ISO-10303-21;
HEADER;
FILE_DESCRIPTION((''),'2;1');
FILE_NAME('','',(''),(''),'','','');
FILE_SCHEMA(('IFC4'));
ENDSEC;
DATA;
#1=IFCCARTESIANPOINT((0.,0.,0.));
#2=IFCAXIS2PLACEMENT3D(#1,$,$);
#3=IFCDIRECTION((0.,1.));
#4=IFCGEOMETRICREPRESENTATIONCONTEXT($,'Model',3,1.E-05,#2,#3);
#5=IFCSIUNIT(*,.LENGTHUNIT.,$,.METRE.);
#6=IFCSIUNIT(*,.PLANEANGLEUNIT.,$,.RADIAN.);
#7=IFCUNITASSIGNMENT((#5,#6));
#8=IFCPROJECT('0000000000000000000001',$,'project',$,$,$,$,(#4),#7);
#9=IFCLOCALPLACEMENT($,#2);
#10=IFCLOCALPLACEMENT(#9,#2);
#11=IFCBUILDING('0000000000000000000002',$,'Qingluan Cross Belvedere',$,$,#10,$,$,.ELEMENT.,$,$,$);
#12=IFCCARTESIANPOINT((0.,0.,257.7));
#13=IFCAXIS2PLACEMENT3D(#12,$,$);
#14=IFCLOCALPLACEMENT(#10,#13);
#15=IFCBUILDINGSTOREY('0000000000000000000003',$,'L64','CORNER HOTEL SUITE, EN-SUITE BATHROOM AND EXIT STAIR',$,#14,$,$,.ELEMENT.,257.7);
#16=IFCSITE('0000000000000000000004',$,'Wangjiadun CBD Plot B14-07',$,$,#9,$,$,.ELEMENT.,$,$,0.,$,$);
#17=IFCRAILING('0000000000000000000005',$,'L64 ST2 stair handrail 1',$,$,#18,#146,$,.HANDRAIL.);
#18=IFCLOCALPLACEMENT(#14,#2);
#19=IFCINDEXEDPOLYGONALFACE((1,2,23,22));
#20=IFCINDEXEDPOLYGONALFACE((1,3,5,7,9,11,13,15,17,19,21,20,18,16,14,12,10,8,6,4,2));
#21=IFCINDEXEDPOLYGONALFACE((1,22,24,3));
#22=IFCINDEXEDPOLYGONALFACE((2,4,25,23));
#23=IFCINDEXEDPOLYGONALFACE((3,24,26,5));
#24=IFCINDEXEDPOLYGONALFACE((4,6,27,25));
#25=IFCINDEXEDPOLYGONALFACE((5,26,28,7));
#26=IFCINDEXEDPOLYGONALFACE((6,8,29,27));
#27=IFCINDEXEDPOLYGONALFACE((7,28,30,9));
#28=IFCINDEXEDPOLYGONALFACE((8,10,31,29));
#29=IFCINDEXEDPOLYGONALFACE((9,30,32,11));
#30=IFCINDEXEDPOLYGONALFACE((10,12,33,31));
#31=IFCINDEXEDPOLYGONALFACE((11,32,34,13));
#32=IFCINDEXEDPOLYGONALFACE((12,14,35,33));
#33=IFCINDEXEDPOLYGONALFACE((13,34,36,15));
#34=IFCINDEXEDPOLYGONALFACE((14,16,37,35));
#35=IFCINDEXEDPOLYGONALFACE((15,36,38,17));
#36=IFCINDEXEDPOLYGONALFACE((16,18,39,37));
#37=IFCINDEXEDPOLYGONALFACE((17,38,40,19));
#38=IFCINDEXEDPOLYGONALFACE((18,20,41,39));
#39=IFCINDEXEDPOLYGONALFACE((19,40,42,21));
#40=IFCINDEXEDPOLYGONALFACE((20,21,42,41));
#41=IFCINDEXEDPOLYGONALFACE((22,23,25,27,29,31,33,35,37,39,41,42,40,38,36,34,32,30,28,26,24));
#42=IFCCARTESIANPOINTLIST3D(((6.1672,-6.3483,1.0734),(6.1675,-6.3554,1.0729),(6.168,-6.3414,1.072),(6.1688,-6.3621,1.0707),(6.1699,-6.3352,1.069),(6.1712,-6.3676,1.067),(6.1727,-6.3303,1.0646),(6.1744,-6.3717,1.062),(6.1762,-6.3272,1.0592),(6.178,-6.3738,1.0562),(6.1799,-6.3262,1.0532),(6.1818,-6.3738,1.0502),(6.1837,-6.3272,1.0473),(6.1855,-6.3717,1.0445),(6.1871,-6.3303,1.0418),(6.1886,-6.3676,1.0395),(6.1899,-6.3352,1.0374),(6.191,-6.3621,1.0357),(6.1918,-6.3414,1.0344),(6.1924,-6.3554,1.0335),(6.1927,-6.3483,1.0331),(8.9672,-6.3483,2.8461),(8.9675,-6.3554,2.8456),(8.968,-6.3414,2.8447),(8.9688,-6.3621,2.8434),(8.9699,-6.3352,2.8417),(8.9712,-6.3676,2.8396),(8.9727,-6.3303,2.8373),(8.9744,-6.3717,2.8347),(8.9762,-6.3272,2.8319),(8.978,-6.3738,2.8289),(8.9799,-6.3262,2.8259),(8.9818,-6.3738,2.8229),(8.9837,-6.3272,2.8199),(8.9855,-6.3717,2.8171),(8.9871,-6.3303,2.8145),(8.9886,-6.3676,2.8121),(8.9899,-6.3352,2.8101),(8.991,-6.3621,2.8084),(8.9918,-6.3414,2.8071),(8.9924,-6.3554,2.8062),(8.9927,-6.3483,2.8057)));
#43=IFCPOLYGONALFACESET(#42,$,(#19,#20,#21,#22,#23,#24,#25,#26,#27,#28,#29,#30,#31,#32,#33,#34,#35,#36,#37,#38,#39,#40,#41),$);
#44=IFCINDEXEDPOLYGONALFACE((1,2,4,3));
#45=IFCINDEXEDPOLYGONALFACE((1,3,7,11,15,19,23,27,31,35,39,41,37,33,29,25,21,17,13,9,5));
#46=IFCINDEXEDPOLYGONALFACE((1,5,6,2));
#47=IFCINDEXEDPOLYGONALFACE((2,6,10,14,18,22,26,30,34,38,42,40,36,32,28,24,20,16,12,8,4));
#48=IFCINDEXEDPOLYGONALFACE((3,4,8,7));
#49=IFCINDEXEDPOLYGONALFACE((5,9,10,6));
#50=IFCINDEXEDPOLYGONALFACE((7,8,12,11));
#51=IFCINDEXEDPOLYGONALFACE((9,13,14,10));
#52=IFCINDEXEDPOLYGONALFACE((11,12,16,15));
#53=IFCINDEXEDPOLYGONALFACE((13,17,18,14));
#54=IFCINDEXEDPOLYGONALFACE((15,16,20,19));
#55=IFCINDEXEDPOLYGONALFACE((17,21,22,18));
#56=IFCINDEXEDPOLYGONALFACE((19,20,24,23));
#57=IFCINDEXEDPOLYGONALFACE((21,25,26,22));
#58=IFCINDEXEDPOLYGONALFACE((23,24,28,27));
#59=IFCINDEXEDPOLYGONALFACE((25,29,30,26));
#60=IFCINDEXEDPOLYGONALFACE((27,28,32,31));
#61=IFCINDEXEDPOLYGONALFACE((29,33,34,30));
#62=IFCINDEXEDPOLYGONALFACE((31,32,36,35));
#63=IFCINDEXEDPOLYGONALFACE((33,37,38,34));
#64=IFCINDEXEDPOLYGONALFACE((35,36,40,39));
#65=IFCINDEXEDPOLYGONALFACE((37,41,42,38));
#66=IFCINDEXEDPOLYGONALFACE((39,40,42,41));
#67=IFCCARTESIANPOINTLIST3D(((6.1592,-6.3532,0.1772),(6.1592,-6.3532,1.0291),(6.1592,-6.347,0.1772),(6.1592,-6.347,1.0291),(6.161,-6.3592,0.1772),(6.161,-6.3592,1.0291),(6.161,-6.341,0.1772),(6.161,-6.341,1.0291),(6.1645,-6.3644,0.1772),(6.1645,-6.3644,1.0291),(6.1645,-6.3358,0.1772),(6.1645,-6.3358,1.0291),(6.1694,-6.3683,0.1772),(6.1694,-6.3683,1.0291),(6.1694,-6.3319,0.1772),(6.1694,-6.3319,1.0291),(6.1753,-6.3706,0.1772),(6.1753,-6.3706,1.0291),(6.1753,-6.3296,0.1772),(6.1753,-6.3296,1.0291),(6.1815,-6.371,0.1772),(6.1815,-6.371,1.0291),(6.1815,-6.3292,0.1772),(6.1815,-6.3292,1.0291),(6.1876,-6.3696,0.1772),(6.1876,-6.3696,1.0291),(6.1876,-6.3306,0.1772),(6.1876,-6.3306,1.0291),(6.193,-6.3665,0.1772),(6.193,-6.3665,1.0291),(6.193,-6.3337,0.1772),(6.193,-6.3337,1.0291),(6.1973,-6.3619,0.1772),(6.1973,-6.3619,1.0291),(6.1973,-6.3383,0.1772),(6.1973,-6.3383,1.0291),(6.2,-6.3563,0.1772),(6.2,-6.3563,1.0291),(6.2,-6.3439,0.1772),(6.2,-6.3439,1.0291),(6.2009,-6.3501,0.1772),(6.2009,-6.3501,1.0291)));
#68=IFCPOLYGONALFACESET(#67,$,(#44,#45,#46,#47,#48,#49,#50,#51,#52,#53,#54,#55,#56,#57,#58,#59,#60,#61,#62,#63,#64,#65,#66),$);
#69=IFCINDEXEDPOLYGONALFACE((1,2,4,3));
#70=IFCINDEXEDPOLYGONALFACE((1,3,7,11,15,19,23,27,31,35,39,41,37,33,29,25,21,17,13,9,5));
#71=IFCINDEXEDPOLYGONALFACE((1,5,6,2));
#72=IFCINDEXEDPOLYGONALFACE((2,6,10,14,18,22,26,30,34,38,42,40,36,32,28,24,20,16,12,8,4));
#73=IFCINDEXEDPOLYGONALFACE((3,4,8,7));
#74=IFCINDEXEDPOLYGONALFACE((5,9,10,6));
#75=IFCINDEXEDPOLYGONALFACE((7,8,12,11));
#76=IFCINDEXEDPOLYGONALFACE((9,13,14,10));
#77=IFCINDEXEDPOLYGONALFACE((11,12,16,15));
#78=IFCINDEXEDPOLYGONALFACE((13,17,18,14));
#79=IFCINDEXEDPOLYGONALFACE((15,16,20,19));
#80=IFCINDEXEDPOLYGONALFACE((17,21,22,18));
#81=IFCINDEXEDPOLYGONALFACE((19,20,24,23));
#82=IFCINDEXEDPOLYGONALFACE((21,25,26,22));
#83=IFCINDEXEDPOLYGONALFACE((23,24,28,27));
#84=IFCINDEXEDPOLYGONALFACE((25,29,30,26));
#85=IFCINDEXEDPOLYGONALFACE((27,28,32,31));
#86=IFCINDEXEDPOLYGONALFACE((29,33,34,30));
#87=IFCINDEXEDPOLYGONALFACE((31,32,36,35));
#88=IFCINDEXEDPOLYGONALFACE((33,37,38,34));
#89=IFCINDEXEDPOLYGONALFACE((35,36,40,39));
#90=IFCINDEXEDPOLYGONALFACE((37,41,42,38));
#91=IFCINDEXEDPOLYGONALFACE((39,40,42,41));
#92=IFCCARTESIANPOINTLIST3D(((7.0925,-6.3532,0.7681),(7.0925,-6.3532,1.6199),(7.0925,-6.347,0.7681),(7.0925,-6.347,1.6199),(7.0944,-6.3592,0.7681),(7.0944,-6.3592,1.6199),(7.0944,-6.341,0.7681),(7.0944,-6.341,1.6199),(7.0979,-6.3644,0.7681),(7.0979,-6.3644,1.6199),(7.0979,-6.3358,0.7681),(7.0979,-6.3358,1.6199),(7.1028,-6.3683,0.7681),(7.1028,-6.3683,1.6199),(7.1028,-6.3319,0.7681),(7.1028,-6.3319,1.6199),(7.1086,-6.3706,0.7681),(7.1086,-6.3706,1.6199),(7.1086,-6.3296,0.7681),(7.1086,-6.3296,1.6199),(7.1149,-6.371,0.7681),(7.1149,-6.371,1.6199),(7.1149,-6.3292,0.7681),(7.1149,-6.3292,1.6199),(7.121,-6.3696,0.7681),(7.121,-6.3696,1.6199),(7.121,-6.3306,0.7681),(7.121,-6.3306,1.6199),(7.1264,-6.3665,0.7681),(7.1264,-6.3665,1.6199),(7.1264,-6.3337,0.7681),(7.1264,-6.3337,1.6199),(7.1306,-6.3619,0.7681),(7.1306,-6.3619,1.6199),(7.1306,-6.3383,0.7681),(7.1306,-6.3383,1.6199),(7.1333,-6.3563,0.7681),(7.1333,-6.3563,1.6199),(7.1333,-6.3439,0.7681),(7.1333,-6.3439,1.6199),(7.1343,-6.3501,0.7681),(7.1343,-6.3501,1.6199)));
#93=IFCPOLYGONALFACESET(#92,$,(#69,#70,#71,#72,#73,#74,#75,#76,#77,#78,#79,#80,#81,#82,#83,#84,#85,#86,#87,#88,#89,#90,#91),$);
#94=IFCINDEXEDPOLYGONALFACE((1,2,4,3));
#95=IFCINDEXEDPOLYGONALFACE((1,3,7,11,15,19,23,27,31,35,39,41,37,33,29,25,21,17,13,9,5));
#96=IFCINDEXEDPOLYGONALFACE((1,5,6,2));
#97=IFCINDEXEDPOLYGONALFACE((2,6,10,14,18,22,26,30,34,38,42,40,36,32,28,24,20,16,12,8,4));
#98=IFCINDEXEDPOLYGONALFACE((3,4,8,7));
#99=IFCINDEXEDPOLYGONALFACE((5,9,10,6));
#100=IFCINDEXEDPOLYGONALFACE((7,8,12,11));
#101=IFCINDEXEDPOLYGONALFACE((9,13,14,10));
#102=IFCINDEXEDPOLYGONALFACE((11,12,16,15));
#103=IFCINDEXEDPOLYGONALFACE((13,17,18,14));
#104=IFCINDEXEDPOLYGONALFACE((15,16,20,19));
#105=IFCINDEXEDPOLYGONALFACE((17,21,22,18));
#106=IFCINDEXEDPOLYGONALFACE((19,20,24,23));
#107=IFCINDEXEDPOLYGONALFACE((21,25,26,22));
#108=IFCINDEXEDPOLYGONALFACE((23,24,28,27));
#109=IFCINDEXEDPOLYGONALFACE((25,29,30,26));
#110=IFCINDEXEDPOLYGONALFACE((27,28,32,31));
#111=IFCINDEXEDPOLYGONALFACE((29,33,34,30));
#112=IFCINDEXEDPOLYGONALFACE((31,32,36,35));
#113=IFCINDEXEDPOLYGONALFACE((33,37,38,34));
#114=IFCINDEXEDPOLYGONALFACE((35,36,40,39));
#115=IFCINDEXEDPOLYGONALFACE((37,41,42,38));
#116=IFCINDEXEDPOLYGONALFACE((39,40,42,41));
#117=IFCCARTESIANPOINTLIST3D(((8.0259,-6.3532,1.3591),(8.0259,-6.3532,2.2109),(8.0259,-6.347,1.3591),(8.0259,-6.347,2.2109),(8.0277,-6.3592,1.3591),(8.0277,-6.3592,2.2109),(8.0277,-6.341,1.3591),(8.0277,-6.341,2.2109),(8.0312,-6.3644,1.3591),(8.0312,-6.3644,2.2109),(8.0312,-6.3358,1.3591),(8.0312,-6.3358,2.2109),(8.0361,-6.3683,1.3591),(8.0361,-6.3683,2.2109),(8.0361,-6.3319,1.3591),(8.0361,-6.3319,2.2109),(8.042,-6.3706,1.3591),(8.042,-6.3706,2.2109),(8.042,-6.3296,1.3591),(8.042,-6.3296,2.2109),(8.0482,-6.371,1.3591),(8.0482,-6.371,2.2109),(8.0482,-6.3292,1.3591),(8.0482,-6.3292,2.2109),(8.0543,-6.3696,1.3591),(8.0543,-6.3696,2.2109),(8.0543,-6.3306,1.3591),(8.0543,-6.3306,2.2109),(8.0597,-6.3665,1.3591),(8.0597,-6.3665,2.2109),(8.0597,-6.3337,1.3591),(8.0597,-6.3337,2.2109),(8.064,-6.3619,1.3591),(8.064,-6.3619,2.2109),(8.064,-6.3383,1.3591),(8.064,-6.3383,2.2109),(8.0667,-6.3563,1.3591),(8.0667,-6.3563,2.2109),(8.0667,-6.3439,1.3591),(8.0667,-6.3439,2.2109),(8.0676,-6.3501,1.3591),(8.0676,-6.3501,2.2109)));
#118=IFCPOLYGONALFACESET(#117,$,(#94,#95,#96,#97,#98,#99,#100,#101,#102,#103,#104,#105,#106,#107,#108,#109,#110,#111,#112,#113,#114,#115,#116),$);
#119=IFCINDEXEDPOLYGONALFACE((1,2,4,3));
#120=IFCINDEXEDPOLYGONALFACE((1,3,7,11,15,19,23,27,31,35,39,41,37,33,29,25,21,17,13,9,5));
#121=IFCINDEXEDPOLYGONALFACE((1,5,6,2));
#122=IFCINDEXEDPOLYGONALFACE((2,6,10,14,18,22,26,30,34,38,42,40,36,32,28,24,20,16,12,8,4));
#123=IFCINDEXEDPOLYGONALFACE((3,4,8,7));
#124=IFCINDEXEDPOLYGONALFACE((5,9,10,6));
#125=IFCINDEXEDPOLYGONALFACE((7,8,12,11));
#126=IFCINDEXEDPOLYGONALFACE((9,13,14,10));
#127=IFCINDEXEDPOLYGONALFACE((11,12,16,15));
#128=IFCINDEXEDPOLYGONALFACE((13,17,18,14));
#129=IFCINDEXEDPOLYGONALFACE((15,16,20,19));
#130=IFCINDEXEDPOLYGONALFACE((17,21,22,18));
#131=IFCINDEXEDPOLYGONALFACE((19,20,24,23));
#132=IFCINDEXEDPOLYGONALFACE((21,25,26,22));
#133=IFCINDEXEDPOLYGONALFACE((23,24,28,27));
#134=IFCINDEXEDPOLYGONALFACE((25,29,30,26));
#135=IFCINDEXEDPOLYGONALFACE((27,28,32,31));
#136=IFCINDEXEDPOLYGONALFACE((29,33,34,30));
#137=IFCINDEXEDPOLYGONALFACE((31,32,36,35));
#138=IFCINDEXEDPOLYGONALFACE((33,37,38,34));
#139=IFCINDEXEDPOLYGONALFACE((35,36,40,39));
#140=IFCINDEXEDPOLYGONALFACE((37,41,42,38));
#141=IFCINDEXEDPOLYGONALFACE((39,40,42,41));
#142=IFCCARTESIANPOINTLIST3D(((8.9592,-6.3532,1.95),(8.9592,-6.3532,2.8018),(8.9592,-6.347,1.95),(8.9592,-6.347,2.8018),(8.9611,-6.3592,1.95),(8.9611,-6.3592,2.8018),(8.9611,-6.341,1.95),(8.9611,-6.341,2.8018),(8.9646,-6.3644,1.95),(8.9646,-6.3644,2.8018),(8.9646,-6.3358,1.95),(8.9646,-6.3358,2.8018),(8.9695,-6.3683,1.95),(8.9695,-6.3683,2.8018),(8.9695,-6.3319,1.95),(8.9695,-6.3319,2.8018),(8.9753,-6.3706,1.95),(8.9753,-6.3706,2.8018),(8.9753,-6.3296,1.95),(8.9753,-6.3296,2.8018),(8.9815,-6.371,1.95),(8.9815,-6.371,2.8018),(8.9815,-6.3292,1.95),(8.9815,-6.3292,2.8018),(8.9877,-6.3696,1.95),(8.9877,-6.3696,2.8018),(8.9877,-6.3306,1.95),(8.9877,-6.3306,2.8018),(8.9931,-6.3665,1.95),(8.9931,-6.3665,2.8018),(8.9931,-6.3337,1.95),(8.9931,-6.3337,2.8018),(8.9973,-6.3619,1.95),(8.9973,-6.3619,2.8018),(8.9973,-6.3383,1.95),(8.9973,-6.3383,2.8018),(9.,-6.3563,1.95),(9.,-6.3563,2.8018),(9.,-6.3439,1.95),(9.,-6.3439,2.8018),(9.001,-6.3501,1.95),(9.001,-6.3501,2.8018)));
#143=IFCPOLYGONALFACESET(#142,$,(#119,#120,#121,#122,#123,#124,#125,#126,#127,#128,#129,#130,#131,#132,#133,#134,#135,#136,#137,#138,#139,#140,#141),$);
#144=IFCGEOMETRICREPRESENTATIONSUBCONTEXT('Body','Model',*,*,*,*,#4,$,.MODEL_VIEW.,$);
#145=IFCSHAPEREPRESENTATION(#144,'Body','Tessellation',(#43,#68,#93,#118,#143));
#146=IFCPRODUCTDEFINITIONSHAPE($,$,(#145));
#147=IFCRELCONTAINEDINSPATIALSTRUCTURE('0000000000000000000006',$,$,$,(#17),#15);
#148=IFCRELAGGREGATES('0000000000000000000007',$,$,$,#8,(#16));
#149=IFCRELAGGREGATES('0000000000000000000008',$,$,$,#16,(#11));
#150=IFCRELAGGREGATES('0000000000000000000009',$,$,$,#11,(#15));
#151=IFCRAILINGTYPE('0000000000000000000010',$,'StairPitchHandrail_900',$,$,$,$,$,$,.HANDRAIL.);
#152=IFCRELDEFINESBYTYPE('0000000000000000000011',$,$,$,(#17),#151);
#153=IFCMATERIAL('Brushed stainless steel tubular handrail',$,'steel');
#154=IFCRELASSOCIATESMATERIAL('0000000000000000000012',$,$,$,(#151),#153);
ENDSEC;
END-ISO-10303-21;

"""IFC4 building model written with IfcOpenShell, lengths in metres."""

from ifc_helpers import new_model, si_unit, direction, frame, origin, origin_2d, place, context, subcontext, project, spatial, circle, extrude, material, type_object, element, save


model = new_model("IFC4")

# Units and contexts
model_context = context("Model", 3, precision=1e-05, world=origin(), true_north=direction((0.0, 1.0)))
body_context = subcontext(model_context, "Body", "Model", "MODEL_VIEW")
ifc_project = project(units=[si_unit("LENGTHUNIT", "METRE"), si_unit("PLANEANGLEUNIT", "RADIAN")], contexts=[model_context])

# Site, building, storey
site_placement = place(None, origin())
site = spatial("IfcSite", under=ifc_project, at=site_placement, Name="Wangjiadun CBD Plot B14-07", CompositionType="ELEMENT", RefElevation=0.0)
building_placement = place(site_placement, origin())
building = spatial("IfcBuilding", under=site, at=building_placement, Name="Qingluan Cross Belvedere", CompositionType="ELEMENT")
storey_placement = place(building_placement, frame((0.0, 0.0, 257.7)))
storey = spatial("IfcBuildingStorey", under=building, at=storey_placement, Name="L64", Description="CORNER HOTEL SUITE, EN-SUITE BATHROOM AND EXIT STAIR", CompositionType="ELEMENT", Elevation=257.7)

# Railing
ifc_material_1 = material(Name="Brushed stainless steel tubular handrail", Category="steel")
railing_type_1 = type_object("IfcRailingType", Name="StairPitchHandrail_900", PredefinedType="HANDRAIL", material=ifc_material_1)
railing_1_placement = place(storey_placement, frame((6.1799, -6.3501, 0.1772)))
element("IfcRailing", 1, at=railing_1_placement, inside=storey, type_object=railing_type_1, Name="L64 ST2 stair handrail 1", PredefinedType="HANDRAIL", context=body_context, shape_type="SweptSolid", body=[
    extrude(circle(Radius=0.0239, at=origin_2d()), frame((0.0, 0.0, 0.876), z_axis=(0.844909, 0.0, 0.53491), x_axis=(0.0, 1.0, 0.0)), (0.0, 0.0, 1.0), 3.314),
    extrude(circle(Radius=0.021, at=origin_2d()), origin(), (0.0, 0.0, 1.0), 0.8518),
    extrude(circle(Radius=0.021, at=origin_2d()), frame((0.9333, 0.0, 0.5908)), (0.0, 0.0, 1.0), 0.8518),
    extrude(circle(Radius=0.021, at=origin_2d()), frame((1.8667, 0.0, 1.1819)), (0.0, 0.0, 1.0), 0.8518),
    extrude(circle(Radius=0.021, at=origin_2d()), frame((2.8, 0.0, 1.7727)), (0.0, 0.0, 1.0), 0.8518),
])

save(model, "model.ifc")
